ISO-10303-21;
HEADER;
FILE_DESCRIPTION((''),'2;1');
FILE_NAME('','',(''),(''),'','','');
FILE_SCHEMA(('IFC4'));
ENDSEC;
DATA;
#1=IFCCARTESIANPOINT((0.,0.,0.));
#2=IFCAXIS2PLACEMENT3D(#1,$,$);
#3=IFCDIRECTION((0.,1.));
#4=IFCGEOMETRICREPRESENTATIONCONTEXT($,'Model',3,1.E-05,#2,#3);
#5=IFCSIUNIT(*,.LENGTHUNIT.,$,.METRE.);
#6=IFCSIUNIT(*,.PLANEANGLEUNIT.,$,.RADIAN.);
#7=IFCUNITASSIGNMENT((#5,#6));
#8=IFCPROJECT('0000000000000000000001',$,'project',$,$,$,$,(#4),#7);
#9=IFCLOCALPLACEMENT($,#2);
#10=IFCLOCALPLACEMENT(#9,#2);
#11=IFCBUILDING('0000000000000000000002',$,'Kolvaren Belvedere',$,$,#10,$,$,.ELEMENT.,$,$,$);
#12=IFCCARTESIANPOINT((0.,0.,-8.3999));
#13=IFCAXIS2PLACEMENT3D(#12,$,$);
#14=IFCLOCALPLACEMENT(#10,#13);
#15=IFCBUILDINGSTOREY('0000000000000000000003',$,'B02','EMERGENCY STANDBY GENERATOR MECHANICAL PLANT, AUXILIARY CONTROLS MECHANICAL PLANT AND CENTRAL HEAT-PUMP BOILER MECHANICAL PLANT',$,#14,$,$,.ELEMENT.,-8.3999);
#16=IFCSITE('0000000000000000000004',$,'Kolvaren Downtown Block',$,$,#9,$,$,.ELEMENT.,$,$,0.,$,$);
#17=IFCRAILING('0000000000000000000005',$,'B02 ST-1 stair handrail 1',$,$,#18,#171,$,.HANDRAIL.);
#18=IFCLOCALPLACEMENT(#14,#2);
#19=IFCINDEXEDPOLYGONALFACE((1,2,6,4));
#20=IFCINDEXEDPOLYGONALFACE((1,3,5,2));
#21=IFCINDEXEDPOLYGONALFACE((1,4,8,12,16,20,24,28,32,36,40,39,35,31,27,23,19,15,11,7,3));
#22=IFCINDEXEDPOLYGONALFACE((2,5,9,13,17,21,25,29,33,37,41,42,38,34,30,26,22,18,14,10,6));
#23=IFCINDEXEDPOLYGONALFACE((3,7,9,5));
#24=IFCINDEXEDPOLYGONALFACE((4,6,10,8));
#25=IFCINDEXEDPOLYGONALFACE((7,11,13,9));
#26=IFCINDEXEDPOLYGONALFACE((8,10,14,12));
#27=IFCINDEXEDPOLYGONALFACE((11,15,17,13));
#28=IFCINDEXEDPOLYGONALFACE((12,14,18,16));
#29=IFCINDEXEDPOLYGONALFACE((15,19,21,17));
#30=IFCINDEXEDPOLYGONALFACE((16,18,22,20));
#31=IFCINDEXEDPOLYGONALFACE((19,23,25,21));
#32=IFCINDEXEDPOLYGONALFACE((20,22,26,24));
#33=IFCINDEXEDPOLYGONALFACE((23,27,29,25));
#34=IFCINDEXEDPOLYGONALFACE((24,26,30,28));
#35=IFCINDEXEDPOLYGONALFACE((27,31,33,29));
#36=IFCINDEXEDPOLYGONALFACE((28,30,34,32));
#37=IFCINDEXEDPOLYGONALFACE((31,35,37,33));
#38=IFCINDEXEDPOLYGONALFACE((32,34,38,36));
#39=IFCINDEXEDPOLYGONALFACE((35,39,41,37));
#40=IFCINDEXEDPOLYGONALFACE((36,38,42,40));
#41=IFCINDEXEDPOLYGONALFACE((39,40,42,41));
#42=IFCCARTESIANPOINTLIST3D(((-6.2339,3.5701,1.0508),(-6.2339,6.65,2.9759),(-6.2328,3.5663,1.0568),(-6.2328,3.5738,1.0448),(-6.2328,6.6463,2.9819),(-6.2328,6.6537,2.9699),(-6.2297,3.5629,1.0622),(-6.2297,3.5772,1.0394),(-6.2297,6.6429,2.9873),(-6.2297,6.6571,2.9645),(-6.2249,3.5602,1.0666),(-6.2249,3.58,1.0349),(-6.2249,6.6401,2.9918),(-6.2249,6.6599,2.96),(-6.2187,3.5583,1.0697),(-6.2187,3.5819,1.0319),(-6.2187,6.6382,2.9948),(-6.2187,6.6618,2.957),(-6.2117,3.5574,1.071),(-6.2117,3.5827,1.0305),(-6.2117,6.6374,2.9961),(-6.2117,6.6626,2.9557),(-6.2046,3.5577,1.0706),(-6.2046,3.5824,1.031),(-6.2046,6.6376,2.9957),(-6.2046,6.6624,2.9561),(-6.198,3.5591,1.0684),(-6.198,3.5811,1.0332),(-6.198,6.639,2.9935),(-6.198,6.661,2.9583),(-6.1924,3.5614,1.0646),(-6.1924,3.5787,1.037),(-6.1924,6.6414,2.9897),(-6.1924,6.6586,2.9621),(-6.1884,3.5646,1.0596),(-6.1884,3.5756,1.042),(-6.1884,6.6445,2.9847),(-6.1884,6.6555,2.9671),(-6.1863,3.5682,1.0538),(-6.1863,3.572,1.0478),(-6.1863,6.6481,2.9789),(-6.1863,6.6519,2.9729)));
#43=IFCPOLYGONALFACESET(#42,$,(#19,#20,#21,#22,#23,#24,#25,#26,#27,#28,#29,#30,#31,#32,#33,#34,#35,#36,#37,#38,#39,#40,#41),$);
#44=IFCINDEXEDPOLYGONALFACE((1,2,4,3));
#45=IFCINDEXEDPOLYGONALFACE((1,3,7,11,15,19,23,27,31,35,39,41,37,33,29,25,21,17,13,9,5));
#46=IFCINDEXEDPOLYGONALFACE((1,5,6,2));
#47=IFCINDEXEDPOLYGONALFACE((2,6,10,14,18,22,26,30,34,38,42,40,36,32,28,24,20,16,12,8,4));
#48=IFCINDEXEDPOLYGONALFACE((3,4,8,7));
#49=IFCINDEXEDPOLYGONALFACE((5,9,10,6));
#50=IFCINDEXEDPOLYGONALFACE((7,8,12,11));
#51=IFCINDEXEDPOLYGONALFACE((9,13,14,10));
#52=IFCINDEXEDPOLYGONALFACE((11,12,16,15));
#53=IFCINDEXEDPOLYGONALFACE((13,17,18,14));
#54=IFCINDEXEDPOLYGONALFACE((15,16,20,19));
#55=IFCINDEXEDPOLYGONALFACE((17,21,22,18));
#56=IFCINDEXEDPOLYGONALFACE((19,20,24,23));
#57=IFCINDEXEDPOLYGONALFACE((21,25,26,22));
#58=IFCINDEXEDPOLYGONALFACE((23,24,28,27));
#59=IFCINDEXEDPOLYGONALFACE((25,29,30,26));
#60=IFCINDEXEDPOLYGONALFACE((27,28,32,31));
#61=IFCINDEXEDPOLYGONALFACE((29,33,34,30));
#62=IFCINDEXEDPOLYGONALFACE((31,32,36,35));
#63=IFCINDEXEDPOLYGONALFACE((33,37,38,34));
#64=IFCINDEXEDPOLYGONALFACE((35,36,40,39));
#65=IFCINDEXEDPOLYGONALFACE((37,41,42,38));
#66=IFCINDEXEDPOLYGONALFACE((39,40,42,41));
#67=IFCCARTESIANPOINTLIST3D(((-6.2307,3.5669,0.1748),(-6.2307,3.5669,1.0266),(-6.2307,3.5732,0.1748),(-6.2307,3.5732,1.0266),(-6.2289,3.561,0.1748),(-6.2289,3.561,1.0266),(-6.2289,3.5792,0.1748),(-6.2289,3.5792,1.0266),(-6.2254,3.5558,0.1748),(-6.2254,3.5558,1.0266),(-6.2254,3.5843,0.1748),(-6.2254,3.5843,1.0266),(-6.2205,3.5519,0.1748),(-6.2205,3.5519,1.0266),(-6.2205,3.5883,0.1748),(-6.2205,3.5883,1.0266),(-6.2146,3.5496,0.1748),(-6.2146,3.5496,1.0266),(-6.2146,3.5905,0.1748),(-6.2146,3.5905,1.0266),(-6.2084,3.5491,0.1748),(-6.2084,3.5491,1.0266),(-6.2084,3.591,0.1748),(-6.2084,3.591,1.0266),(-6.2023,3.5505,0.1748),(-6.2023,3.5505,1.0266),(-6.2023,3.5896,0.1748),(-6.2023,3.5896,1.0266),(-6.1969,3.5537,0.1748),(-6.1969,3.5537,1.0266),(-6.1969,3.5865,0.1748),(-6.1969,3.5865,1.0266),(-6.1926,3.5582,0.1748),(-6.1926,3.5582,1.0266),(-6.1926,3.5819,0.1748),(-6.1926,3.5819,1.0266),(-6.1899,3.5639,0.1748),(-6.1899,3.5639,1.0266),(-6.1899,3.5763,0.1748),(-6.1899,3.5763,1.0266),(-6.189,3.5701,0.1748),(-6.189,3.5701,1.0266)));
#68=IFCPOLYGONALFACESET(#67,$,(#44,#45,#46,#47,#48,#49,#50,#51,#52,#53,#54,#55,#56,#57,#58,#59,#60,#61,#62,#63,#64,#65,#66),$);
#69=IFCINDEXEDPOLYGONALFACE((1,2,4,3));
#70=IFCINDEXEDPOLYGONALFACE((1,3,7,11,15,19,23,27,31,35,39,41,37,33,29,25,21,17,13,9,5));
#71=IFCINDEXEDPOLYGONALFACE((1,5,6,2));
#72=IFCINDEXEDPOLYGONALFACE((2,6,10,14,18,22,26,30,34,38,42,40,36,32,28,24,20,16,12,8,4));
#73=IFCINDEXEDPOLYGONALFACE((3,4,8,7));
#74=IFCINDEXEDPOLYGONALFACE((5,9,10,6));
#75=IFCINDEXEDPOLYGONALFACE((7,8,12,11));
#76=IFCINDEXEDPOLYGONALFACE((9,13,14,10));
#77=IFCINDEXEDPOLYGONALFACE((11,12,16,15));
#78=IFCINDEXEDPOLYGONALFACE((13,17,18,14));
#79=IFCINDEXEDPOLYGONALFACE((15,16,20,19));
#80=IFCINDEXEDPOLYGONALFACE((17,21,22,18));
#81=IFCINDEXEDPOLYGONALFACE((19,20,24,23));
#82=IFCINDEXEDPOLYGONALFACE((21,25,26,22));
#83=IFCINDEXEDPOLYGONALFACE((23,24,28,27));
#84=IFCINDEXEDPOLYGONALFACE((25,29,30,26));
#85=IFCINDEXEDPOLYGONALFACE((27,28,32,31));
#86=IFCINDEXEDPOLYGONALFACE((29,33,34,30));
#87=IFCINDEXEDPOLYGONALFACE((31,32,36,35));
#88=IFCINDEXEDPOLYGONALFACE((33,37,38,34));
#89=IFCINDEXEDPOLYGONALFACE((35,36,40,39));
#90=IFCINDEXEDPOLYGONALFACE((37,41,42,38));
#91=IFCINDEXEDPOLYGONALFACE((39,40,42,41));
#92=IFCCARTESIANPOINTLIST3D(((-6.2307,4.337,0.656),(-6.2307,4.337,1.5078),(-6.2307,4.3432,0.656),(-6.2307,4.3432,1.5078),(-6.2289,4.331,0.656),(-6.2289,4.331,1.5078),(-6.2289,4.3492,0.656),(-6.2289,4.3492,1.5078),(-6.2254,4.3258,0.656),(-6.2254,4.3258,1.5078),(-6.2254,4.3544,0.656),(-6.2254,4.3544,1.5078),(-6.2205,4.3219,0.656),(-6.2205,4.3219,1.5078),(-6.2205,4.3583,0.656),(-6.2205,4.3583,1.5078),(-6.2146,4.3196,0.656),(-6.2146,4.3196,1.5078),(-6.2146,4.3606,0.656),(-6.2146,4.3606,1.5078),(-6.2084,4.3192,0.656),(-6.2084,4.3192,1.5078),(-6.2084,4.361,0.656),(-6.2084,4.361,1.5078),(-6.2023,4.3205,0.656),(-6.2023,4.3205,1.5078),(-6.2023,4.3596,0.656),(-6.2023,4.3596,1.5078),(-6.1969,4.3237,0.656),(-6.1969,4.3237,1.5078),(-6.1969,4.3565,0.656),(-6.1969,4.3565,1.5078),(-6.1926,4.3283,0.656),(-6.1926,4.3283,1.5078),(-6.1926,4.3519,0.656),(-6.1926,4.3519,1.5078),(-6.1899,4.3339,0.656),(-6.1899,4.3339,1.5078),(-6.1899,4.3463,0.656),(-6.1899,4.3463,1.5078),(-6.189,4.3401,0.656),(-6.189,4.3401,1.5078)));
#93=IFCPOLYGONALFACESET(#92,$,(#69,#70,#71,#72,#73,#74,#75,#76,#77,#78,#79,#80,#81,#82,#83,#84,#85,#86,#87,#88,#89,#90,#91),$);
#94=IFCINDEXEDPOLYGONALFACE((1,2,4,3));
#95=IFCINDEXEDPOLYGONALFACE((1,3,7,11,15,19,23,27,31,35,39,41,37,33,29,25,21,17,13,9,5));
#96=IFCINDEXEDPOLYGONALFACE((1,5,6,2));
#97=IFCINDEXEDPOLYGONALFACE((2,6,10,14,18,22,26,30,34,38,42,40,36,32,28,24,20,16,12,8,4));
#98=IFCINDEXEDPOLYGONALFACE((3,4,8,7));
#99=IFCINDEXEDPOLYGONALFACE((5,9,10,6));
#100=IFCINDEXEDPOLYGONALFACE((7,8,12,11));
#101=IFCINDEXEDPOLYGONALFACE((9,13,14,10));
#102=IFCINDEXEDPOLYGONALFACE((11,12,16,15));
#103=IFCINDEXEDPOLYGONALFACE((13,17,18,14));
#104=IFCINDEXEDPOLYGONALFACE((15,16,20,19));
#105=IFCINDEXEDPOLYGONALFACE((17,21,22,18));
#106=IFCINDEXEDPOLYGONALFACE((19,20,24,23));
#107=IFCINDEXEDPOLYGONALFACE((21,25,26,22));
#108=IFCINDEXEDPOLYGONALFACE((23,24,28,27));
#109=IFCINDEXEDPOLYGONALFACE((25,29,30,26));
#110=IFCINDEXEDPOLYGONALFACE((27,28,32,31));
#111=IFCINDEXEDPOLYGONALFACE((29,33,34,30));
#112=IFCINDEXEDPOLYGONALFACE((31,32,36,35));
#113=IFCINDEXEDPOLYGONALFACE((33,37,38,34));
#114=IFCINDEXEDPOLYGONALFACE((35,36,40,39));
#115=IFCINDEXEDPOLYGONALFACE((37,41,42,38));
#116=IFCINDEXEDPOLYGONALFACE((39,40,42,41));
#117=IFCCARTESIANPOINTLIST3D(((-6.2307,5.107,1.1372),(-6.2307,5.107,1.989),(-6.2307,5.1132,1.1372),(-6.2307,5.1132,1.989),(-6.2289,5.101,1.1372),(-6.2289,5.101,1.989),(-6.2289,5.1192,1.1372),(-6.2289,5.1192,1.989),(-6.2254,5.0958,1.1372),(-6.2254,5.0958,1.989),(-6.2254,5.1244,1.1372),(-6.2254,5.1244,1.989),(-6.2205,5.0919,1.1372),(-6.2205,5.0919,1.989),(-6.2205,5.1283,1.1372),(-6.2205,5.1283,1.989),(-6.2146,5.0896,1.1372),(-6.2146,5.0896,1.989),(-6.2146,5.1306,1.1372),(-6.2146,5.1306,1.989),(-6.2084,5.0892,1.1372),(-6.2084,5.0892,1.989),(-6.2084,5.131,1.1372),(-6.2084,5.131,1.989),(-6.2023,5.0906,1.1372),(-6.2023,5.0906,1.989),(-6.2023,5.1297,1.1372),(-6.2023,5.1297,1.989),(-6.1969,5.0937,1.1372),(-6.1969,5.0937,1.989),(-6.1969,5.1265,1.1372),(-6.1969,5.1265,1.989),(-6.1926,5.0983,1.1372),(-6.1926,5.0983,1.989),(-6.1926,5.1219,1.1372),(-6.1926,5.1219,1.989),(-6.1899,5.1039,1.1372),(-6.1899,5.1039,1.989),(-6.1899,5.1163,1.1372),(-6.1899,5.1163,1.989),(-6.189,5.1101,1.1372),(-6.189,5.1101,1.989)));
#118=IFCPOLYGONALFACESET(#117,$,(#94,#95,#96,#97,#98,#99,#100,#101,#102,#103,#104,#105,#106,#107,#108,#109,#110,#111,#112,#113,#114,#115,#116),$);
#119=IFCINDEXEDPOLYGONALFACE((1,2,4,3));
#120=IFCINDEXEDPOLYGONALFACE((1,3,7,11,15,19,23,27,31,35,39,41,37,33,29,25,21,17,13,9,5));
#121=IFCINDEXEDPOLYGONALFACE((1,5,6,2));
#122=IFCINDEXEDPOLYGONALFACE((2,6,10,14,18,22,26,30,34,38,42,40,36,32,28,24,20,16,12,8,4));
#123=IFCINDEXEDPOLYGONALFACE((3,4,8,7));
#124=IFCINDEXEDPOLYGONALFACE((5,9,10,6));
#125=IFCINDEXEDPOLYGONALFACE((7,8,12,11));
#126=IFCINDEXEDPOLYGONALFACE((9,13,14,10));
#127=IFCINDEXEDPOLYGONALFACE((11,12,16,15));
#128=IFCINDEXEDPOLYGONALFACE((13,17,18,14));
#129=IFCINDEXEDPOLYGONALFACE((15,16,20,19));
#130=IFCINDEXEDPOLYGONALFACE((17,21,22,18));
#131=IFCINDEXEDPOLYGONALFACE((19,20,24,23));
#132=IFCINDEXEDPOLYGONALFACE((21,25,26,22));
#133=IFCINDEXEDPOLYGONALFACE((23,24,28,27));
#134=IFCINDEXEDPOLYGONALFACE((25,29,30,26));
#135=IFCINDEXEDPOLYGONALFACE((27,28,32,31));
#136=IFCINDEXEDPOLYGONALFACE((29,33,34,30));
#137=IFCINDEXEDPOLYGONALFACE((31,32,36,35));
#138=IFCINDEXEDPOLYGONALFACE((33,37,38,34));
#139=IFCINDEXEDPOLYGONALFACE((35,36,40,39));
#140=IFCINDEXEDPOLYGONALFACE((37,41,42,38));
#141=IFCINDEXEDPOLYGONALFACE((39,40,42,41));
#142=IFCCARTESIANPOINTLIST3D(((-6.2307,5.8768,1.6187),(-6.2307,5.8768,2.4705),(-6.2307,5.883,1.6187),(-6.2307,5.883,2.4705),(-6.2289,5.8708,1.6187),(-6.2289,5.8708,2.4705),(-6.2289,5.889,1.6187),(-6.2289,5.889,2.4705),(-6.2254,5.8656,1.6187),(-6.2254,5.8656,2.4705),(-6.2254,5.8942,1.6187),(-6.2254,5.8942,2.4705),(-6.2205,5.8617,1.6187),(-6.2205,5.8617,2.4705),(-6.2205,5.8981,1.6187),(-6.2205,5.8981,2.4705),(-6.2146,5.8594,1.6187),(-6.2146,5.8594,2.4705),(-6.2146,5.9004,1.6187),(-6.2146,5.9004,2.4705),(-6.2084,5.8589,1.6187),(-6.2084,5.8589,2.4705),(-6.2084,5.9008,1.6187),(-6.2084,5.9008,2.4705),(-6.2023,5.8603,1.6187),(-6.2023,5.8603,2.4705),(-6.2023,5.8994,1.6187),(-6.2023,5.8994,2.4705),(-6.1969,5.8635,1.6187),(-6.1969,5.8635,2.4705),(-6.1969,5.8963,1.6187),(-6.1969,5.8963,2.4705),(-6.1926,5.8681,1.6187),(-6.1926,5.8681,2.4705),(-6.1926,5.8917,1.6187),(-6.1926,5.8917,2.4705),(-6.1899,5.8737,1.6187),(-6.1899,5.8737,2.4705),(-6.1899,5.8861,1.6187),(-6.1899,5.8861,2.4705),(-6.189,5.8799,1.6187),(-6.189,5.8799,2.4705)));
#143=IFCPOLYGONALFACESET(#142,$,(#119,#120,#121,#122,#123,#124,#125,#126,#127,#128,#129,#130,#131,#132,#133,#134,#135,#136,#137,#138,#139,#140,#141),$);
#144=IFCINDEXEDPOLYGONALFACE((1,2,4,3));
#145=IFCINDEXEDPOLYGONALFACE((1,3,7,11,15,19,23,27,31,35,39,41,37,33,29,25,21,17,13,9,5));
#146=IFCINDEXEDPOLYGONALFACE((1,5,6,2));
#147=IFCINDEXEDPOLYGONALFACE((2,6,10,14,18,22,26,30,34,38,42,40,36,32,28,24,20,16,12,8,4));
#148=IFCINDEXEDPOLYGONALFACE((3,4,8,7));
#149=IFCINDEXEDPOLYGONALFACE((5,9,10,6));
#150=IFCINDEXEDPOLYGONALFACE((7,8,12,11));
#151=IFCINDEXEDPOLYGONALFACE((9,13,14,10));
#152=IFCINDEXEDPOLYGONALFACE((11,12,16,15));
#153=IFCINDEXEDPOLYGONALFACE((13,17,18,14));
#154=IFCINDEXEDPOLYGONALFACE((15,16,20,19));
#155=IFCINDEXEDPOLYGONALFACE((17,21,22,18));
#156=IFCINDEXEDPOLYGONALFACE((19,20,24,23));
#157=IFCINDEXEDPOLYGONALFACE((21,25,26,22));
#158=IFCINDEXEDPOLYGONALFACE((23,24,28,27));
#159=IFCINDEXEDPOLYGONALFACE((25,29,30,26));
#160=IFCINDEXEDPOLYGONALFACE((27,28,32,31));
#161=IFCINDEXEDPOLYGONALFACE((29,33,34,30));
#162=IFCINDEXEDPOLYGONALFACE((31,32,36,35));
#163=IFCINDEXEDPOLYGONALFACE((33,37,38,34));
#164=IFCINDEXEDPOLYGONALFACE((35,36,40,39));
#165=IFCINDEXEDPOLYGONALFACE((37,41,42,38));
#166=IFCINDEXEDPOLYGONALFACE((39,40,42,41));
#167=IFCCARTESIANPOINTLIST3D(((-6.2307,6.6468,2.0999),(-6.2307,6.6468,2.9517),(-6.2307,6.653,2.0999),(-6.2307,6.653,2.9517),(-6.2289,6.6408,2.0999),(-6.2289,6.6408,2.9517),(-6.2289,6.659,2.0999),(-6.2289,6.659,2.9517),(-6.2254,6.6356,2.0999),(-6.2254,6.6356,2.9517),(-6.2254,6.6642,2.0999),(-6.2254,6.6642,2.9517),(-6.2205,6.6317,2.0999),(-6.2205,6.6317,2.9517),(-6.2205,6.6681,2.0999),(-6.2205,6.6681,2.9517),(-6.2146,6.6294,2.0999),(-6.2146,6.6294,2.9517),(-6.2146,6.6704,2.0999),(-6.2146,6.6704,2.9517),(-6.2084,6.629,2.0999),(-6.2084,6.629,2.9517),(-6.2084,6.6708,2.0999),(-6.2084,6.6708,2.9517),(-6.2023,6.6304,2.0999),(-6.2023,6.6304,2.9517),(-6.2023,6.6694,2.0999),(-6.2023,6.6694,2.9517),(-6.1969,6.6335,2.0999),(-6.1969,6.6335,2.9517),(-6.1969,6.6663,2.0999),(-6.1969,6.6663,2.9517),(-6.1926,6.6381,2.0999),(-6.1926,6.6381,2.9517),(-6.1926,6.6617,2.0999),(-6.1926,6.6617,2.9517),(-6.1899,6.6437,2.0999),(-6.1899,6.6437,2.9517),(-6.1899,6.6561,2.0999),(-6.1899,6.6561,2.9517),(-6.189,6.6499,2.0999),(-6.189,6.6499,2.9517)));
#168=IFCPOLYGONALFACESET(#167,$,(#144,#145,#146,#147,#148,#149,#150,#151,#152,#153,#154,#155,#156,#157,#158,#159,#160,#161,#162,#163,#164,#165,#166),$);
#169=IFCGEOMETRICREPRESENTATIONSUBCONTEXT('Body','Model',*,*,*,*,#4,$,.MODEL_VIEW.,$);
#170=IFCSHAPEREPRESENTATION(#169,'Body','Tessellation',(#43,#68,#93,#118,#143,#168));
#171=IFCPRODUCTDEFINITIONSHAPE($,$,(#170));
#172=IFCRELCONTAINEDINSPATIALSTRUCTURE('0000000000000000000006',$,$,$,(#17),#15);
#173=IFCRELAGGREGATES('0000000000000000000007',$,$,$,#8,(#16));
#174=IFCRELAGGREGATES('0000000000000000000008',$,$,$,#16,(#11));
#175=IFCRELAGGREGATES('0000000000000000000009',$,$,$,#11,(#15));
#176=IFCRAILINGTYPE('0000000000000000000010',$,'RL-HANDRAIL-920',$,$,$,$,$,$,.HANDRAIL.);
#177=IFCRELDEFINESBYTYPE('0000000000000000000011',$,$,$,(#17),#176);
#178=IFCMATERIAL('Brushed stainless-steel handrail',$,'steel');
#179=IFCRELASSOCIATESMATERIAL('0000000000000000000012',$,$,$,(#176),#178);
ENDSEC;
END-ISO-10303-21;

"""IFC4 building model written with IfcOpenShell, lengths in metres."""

from ifc_helpers import new_model, si_unit, direction, frame, origin, origin_2d, place, context, subcontext, project, spatial, circle, extrude, material, type_object, element, save


model = new_model("IFC4")

# Units and contexts
model_context = context("Model", 3, precision=1e-05, world=origin(), true_north=direction((0.0, 1.0)))
body_context = subcontext(model_context, "Body", "Model", "MODEL_VIEW")
ifc_project = project(units=[si_unit("LENGTHUNIT", "METRE"), si_unit("PLANEANGLEUNIT", "RADIAN")], contexts=[model_context])

# Site, building, storey
site_placement = place(None, origin())
site = spatial("IfcSite", under=ifc_project, at=site_placement, Name="Kolvaren Downtown Block", CompositionType="ELEMENT", RefElevation=0.0)
building_placement = place(site_placement, origin())
building = spatial("IfcBuilding", under=site, at=building_placement, Name="Kolvaren Belvedere", CompositionType="ELEMENT")
storey_placement = place(building_placement, frame((0.0, 0.0, -8.3999)))
storey = spatial("IfcBuildingStorey", under=building, at=storey_placement, Name="B02", Description="EMERGENCY STANDBY GENERATOR MECHANICAL PLANT, AUXILIARY CONTROLS MECHANICAL PLANT AND CENTRAL HEAT-PUMP BOILER MECHANICAL PLANT", CompositionType="ELEMENT", Elevation=-8.3999)

# Railing
ifc_material_1 = material(Name="Brushed stainless-steel handrail", Category="steel")
railing_type_1 = type_object("IfcRailingType", Name="RL-HANDRAIL-920", PredefinedType="HANDRAIL", material=ifc_material_1)
railing_1_placement = place(storey_placement, frame((-6.21, 3.5701, 0.1748)))
element("IfcRailing", 1, at=railing_1_placement, inside=storey, type_object=railing_type_1, Name="B02 ST-1 stair handrail 1", PredefinedType="HANDRAIL", context=body_context, shape_type="SweptSolid", body=[
    extrude(circle(Radius=0.0239, at=origin_2d()), frame((0.0, 0.0, 0.876), z_axis=(0.0, 0.847979, 0.530029), x_axis=(-1.0, 0.0, 0.0)), (0.0, 0.0, 1.0), 3.6321),
    extrude(circle(Radius=0.021, at=origin_2d()), origin(), (0.0, 0.0, 1.0), 0.8518),
    extrude(circle(Radius=0.021, at=origin_2d()), frame((0.0, 0.77, 0.4812)), (0.0, 0.0, 1.0), 0.8518),
    extrude(circle(Radius=0.021, at=origin_2d()), frame((0.0, 1.54, 0.9624)), (0.0, 0.0, 1.0), 0.8518),
    extrude(circle(Radius=0.021, at=origin_2d()), frame((0.0, 2.3098, 1.4438)), (0.0, 0.0, 1.0), 0.8518),
    extrude(circle(Radius=0.021, at=origin_2d()), frame((0.0, 3.0798, 1.925)), (0.0, 0.0, 1.0), 0.8518),
])

save(model, "model.ifc")
